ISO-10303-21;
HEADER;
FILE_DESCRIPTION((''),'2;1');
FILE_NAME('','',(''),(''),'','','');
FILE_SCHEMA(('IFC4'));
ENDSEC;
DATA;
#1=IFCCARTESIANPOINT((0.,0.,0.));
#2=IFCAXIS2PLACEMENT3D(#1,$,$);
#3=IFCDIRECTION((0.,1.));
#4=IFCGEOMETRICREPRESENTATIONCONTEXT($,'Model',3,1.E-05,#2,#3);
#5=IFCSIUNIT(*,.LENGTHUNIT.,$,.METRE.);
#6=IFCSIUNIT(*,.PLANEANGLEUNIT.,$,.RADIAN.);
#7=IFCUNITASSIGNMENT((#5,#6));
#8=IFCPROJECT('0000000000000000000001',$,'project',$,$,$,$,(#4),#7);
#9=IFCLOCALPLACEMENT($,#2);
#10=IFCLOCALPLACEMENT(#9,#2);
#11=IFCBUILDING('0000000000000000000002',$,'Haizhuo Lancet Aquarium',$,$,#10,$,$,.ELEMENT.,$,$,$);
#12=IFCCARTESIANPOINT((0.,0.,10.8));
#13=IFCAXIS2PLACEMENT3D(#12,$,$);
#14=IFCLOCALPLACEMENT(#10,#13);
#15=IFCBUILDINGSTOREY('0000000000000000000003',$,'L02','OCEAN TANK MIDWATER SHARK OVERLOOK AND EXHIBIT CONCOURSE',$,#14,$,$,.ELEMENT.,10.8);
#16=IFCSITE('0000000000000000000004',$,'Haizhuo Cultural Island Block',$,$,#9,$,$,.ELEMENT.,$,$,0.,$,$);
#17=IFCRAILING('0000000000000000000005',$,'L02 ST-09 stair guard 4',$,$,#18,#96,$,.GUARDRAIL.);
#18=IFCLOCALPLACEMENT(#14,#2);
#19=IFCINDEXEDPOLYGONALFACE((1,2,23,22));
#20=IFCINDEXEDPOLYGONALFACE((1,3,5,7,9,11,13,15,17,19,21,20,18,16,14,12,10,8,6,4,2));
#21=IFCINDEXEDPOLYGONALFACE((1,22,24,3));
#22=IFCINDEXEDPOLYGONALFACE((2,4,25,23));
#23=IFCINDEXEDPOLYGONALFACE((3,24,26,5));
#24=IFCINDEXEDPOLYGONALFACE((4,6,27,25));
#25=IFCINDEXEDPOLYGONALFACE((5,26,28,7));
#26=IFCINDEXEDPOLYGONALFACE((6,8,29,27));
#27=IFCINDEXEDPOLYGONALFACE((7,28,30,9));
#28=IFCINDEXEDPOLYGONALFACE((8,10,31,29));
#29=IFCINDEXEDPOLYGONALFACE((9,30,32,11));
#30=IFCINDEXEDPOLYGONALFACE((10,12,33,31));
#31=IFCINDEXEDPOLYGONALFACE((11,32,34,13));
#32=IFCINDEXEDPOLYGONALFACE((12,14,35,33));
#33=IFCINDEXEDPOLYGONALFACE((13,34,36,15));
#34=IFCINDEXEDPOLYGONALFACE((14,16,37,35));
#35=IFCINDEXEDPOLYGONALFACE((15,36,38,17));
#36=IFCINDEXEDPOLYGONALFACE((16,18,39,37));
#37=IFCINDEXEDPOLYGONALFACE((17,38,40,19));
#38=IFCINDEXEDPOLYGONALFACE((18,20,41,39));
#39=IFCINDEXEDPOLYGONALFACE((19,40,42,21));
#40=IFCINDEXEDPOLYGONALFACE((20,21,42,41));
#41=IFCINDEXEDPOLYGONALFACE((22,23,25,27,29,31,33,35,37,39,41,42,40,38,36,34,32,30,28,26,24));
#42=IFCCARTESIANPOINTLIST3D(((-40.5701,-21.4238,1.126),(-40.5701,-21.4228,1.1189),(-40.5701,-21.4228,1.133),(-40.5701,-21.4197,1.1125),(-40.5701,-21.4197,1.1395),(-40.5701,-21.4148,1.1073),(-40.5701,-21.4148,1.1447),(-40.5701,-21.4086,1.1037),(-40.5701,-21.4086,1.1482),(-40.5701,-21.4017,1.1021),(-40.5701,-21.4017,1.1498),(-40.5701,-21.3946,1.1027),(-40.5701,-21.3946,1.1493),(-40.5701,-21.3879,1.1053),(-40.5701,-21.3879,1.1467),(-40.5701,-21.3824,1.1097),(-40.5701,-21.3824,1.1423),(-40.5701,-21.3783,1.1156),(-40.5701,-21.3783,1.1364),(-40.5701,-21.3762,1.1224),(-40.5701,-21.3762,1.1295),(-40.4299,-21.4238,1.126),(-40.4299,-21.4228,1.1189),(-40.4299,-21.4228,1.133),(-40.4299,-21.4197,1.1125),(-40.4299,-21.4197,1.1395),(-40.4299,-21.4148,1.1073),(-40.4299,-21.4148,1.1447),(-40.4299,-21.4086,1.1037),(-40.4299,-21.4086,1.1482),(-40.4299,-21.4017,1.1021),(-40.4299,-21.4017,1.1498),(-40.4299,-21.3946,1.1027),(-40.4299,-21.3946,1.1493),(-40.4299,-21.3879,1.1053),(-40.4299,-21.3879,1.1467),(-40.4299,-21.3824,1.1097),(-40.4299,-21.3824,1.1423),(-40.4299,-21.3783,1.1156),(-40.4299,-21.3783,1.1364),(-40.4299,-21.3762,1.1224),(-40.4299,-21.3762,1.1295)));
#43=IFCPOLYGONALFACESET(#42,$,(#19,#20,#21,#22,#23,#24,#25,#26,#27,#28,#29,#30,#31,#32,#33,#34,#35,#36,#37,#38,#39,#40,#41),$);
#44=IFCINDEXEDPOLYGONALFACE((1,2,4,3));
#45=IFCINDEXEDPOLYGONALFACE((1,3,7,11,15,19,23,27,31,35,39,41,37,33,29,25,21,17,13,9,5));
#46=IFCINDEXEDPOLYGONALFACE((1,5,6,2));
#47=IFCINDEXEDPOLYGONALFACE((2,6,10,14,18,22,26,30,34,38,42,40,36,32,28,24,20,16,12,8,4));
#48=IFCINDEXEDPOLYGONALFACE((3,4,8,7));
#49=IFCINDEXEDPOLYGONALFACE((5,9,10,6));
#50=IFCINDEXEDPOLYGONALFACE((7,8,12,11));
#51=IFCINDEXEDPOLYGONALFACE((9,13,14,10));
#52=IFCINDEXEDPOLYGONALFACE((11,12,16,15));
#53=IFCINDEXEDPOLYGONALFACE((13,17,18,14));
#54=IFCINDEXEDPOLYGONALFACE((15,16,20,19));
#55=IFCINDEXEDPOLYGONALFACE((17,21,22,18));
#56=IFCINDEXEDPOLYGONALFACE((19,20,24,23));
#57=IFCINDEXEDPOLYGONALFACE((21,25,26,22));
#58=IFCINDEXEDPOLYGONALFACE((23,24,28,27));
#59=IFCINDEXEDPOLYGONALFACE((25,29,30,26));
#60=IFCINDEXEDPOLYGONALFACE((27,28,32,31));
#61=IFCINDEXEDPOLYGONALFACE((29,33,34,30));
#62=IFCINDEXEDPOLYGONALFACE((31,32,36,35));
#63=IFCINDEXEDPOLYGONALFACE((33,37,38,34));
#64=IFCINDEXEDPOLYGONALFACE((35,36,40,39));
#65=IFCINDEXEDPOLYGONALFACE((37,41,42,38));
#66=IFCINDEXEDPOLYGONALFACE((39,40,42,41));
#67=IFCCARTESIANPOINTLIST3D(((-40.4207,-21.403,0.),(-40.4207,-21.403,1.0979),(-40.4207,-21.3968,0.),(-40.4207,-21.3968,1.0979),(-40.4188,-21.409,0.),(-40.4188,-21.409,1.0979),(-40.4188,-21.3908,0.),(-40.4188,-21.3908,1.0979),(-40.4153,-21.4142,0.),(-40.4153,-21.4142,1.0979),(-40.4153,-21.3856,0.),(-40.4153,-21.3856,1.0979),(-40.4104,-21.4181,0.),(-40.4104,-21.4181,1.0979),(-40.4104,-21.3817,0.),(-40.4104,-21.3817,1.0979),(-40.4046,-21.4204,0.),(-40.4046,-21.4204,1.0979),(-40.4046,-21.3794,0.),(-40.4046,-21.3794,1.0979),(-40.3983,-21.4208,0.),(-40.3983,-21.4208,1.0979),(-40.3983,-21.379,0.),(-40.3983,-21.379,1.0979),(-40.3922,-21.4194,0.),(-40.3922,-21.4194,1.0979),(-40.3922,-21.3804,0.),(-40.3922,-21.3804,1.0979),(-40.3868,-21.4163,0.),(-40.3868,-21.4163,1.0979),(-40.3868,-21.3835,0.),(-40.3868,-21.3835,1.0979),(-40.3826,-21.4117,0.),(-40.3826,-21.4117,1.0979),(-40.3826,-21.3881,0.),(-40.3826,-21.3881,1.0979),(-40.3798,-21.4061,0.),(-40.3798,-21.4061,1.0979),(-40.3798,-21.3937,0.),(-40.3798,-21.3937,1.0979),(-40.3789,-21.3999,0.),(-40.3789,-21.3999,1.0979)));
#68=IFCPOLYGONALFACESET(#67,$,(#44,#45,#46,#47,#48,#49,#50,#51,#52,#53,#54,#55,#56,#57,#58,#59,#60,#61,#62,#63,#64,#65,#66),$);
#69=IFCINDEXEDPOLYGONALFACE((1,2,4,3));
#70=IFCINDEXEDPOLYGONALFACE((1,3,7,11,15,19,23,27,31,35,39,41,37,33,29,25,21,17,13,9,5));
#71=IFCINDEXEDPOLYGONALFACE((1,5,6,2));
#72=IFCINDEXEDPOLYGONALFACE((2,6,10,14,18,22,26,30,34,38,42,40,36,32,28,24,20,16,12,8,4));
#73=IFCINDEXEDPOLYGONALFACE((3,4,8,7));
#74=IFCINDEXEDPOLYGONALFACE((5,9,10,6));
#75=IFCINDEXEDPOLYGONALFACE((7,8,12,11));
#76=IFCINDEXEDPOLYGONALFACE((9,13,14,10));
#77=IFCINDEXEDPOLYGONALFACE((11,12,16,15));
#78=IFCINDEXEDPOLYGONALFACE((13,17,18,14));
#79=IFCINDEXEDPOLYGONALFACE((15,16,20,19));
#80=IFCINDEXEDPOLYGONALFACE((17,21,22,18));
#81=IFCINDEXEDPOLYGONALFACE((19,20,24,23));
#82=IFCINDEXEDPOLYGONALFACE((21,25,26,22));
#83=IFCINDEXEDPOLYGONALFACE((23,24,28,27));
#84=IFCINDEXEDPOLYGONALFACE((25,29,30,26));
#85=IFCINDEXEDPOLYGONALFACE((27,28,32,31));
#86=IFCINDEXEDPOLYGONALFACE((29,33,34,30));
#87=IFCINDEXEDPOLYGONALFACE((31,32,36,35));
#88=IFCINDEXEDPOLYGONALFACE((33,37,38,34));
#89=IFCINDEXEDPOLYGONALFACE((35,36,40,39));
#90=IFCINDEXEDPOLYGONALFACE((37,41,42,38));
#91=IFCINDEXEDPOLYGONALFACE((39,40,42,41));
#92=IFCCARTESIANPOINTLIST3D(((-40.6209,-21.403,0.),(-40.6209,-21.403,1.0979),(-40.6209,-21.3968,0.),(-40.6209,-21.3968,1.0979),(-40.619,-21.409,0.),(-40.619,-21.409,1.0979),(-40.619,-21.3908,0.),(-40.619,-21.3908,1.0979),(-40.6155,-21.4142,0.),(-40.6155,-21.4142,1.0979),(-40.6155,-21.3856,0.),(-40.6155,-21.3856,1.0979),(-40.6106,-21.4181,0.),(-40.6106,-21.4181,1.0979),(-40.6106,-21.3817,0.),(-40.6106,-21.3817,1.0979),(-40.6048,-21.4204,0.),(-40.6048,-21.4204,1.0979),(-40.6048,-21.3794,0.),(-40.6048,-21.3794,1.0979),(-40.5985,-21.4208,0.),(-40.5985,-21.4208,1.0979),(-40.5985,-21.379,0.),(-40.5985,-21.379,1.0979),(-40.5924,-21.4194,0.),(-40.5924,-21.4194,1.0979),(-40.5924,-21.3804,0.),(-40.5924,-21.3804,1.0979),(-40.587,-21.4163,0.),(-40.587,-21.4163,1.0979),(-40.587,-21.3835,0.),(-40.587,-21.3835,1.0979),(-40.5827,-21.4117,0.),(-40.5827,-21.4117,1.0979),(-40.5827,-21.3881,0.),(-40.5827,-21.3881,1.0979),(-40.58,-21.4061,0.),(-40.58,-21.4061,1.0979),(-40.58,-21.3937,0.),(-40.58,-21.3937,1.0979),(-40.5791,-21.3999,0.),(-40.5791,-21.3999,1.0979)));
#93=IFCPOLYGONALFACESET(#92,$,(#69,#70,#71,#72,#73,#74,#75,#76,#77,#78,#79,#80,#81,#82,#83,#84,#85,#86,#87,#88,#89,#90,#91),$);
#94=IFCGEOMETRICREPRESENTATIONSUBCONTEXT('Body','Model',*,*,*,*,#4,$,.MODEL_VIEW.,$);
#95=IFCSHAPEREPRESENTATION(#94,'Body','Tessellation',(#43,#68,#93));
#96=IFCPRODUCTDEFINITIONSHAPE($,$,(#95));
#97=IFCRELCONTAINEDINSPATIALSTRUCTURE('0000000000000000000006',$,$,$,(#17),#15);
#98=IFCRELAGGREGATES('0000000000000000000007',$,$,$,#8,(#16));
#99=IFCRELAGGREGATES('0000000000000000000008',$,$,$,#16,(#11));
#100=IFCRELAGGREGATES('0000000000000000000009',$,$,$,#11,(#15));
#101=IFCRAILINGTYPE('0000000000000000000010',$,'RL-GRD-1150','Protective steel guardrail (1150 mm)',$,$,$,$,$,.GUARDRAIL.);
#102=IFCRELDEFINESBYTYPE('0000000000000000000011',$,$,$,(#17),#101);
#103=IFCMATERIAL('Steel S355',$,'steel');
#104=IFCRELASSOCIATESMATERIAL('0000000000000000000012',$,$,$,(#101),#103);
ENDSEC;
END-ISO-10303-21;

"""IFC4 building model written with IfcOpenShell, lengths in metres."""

from ifc_helpers import new_model, si_unit, direction, frame, origin, origin_2d, place, context, subcontext, project, spatial, circle, extrude, material, type_object, element, save


model = new_model("IFC4")

# Units and contexts
model_context = context("Model", 3, precision=1e-05, world=origin(), true_north=direction((0.0, 1.0)))
body_context = subcontext(model_context, "Body", "Model", "MODEL_VIEW")
ifc_project = project(units=[si_unit("LENGTHUNIT", "METRE"), si_unit("PLANEANGLEUNIT", "RADIAN")], contexts=[model_context])

# Site, building, storey
site_placement = place(None, origin())
site = spatial("IfcSite", under=ifc_project, at=site_placement, Name="Haizhuo Cultural Island Block", CompositionType="ELEMENT", RefElevation=0.0)
building_placement = place(site_placement, origin())
building = spatial("IfcBuilding", under=site, at=building_placement, Name="Haizhuo Lancet Aquarium", CompositionType="ELEMENT")
storey_placement = place(building_placement, frame((0.0, 0.0, 10.8)))
storey = spatial("IfcBuildingStorey", under=building, at=storey_placement, Name="L02", Description="OCEAN TANK MIDWATER SHARK OVERLOOK AND EXHIBIT CONCOURSE", CompositionType="ELEMENT", Elevation=10.8)

# Shared definitions
ifc_material_1 = material(Name="Steel S355", Category="steel")

# Railing
railing_type_1 = type_object("IfcRailingType", Name="RL-GRD-1150", Description="Protective steel guardrail (1150 mm)", PredefinedType="GUARDRAIL", material=ifc_material_1)
railing_1_placement = place(storey_placement, frame((-40.3999, -21.3999, 0.0)))
element("IfcRailing", 1, at=railing_1_placement, inside=storey, type_object=railing_type_1, Name="L02 ST-09 stair guard 4", PredefinedType="GUARDRAIL", context=body_context, shape_type="SweptSolid", body=[
    extrude(circle(Radius=0.0239, at=origin_2d()), frame((-0.03, 0.0, 1.126), z_axis=(-1.0, 0.0, 0.0), x_axis=(0.0, -1.0, 0.0)), (0.0, 0.0, 1.0), 0.1401),
    extrude(circle(Radius=0.021, at=origin_2d()), origin(), (0.0, 0.0, 1.0), 1.0979),
    extrude(circle(Radius=0.021, at=origin_2d()), frame((-0.2002, 0.0, 0.0)), (0.0, 0.0, 1.0), 1.0979),
])

save(model, "model.ifc")
